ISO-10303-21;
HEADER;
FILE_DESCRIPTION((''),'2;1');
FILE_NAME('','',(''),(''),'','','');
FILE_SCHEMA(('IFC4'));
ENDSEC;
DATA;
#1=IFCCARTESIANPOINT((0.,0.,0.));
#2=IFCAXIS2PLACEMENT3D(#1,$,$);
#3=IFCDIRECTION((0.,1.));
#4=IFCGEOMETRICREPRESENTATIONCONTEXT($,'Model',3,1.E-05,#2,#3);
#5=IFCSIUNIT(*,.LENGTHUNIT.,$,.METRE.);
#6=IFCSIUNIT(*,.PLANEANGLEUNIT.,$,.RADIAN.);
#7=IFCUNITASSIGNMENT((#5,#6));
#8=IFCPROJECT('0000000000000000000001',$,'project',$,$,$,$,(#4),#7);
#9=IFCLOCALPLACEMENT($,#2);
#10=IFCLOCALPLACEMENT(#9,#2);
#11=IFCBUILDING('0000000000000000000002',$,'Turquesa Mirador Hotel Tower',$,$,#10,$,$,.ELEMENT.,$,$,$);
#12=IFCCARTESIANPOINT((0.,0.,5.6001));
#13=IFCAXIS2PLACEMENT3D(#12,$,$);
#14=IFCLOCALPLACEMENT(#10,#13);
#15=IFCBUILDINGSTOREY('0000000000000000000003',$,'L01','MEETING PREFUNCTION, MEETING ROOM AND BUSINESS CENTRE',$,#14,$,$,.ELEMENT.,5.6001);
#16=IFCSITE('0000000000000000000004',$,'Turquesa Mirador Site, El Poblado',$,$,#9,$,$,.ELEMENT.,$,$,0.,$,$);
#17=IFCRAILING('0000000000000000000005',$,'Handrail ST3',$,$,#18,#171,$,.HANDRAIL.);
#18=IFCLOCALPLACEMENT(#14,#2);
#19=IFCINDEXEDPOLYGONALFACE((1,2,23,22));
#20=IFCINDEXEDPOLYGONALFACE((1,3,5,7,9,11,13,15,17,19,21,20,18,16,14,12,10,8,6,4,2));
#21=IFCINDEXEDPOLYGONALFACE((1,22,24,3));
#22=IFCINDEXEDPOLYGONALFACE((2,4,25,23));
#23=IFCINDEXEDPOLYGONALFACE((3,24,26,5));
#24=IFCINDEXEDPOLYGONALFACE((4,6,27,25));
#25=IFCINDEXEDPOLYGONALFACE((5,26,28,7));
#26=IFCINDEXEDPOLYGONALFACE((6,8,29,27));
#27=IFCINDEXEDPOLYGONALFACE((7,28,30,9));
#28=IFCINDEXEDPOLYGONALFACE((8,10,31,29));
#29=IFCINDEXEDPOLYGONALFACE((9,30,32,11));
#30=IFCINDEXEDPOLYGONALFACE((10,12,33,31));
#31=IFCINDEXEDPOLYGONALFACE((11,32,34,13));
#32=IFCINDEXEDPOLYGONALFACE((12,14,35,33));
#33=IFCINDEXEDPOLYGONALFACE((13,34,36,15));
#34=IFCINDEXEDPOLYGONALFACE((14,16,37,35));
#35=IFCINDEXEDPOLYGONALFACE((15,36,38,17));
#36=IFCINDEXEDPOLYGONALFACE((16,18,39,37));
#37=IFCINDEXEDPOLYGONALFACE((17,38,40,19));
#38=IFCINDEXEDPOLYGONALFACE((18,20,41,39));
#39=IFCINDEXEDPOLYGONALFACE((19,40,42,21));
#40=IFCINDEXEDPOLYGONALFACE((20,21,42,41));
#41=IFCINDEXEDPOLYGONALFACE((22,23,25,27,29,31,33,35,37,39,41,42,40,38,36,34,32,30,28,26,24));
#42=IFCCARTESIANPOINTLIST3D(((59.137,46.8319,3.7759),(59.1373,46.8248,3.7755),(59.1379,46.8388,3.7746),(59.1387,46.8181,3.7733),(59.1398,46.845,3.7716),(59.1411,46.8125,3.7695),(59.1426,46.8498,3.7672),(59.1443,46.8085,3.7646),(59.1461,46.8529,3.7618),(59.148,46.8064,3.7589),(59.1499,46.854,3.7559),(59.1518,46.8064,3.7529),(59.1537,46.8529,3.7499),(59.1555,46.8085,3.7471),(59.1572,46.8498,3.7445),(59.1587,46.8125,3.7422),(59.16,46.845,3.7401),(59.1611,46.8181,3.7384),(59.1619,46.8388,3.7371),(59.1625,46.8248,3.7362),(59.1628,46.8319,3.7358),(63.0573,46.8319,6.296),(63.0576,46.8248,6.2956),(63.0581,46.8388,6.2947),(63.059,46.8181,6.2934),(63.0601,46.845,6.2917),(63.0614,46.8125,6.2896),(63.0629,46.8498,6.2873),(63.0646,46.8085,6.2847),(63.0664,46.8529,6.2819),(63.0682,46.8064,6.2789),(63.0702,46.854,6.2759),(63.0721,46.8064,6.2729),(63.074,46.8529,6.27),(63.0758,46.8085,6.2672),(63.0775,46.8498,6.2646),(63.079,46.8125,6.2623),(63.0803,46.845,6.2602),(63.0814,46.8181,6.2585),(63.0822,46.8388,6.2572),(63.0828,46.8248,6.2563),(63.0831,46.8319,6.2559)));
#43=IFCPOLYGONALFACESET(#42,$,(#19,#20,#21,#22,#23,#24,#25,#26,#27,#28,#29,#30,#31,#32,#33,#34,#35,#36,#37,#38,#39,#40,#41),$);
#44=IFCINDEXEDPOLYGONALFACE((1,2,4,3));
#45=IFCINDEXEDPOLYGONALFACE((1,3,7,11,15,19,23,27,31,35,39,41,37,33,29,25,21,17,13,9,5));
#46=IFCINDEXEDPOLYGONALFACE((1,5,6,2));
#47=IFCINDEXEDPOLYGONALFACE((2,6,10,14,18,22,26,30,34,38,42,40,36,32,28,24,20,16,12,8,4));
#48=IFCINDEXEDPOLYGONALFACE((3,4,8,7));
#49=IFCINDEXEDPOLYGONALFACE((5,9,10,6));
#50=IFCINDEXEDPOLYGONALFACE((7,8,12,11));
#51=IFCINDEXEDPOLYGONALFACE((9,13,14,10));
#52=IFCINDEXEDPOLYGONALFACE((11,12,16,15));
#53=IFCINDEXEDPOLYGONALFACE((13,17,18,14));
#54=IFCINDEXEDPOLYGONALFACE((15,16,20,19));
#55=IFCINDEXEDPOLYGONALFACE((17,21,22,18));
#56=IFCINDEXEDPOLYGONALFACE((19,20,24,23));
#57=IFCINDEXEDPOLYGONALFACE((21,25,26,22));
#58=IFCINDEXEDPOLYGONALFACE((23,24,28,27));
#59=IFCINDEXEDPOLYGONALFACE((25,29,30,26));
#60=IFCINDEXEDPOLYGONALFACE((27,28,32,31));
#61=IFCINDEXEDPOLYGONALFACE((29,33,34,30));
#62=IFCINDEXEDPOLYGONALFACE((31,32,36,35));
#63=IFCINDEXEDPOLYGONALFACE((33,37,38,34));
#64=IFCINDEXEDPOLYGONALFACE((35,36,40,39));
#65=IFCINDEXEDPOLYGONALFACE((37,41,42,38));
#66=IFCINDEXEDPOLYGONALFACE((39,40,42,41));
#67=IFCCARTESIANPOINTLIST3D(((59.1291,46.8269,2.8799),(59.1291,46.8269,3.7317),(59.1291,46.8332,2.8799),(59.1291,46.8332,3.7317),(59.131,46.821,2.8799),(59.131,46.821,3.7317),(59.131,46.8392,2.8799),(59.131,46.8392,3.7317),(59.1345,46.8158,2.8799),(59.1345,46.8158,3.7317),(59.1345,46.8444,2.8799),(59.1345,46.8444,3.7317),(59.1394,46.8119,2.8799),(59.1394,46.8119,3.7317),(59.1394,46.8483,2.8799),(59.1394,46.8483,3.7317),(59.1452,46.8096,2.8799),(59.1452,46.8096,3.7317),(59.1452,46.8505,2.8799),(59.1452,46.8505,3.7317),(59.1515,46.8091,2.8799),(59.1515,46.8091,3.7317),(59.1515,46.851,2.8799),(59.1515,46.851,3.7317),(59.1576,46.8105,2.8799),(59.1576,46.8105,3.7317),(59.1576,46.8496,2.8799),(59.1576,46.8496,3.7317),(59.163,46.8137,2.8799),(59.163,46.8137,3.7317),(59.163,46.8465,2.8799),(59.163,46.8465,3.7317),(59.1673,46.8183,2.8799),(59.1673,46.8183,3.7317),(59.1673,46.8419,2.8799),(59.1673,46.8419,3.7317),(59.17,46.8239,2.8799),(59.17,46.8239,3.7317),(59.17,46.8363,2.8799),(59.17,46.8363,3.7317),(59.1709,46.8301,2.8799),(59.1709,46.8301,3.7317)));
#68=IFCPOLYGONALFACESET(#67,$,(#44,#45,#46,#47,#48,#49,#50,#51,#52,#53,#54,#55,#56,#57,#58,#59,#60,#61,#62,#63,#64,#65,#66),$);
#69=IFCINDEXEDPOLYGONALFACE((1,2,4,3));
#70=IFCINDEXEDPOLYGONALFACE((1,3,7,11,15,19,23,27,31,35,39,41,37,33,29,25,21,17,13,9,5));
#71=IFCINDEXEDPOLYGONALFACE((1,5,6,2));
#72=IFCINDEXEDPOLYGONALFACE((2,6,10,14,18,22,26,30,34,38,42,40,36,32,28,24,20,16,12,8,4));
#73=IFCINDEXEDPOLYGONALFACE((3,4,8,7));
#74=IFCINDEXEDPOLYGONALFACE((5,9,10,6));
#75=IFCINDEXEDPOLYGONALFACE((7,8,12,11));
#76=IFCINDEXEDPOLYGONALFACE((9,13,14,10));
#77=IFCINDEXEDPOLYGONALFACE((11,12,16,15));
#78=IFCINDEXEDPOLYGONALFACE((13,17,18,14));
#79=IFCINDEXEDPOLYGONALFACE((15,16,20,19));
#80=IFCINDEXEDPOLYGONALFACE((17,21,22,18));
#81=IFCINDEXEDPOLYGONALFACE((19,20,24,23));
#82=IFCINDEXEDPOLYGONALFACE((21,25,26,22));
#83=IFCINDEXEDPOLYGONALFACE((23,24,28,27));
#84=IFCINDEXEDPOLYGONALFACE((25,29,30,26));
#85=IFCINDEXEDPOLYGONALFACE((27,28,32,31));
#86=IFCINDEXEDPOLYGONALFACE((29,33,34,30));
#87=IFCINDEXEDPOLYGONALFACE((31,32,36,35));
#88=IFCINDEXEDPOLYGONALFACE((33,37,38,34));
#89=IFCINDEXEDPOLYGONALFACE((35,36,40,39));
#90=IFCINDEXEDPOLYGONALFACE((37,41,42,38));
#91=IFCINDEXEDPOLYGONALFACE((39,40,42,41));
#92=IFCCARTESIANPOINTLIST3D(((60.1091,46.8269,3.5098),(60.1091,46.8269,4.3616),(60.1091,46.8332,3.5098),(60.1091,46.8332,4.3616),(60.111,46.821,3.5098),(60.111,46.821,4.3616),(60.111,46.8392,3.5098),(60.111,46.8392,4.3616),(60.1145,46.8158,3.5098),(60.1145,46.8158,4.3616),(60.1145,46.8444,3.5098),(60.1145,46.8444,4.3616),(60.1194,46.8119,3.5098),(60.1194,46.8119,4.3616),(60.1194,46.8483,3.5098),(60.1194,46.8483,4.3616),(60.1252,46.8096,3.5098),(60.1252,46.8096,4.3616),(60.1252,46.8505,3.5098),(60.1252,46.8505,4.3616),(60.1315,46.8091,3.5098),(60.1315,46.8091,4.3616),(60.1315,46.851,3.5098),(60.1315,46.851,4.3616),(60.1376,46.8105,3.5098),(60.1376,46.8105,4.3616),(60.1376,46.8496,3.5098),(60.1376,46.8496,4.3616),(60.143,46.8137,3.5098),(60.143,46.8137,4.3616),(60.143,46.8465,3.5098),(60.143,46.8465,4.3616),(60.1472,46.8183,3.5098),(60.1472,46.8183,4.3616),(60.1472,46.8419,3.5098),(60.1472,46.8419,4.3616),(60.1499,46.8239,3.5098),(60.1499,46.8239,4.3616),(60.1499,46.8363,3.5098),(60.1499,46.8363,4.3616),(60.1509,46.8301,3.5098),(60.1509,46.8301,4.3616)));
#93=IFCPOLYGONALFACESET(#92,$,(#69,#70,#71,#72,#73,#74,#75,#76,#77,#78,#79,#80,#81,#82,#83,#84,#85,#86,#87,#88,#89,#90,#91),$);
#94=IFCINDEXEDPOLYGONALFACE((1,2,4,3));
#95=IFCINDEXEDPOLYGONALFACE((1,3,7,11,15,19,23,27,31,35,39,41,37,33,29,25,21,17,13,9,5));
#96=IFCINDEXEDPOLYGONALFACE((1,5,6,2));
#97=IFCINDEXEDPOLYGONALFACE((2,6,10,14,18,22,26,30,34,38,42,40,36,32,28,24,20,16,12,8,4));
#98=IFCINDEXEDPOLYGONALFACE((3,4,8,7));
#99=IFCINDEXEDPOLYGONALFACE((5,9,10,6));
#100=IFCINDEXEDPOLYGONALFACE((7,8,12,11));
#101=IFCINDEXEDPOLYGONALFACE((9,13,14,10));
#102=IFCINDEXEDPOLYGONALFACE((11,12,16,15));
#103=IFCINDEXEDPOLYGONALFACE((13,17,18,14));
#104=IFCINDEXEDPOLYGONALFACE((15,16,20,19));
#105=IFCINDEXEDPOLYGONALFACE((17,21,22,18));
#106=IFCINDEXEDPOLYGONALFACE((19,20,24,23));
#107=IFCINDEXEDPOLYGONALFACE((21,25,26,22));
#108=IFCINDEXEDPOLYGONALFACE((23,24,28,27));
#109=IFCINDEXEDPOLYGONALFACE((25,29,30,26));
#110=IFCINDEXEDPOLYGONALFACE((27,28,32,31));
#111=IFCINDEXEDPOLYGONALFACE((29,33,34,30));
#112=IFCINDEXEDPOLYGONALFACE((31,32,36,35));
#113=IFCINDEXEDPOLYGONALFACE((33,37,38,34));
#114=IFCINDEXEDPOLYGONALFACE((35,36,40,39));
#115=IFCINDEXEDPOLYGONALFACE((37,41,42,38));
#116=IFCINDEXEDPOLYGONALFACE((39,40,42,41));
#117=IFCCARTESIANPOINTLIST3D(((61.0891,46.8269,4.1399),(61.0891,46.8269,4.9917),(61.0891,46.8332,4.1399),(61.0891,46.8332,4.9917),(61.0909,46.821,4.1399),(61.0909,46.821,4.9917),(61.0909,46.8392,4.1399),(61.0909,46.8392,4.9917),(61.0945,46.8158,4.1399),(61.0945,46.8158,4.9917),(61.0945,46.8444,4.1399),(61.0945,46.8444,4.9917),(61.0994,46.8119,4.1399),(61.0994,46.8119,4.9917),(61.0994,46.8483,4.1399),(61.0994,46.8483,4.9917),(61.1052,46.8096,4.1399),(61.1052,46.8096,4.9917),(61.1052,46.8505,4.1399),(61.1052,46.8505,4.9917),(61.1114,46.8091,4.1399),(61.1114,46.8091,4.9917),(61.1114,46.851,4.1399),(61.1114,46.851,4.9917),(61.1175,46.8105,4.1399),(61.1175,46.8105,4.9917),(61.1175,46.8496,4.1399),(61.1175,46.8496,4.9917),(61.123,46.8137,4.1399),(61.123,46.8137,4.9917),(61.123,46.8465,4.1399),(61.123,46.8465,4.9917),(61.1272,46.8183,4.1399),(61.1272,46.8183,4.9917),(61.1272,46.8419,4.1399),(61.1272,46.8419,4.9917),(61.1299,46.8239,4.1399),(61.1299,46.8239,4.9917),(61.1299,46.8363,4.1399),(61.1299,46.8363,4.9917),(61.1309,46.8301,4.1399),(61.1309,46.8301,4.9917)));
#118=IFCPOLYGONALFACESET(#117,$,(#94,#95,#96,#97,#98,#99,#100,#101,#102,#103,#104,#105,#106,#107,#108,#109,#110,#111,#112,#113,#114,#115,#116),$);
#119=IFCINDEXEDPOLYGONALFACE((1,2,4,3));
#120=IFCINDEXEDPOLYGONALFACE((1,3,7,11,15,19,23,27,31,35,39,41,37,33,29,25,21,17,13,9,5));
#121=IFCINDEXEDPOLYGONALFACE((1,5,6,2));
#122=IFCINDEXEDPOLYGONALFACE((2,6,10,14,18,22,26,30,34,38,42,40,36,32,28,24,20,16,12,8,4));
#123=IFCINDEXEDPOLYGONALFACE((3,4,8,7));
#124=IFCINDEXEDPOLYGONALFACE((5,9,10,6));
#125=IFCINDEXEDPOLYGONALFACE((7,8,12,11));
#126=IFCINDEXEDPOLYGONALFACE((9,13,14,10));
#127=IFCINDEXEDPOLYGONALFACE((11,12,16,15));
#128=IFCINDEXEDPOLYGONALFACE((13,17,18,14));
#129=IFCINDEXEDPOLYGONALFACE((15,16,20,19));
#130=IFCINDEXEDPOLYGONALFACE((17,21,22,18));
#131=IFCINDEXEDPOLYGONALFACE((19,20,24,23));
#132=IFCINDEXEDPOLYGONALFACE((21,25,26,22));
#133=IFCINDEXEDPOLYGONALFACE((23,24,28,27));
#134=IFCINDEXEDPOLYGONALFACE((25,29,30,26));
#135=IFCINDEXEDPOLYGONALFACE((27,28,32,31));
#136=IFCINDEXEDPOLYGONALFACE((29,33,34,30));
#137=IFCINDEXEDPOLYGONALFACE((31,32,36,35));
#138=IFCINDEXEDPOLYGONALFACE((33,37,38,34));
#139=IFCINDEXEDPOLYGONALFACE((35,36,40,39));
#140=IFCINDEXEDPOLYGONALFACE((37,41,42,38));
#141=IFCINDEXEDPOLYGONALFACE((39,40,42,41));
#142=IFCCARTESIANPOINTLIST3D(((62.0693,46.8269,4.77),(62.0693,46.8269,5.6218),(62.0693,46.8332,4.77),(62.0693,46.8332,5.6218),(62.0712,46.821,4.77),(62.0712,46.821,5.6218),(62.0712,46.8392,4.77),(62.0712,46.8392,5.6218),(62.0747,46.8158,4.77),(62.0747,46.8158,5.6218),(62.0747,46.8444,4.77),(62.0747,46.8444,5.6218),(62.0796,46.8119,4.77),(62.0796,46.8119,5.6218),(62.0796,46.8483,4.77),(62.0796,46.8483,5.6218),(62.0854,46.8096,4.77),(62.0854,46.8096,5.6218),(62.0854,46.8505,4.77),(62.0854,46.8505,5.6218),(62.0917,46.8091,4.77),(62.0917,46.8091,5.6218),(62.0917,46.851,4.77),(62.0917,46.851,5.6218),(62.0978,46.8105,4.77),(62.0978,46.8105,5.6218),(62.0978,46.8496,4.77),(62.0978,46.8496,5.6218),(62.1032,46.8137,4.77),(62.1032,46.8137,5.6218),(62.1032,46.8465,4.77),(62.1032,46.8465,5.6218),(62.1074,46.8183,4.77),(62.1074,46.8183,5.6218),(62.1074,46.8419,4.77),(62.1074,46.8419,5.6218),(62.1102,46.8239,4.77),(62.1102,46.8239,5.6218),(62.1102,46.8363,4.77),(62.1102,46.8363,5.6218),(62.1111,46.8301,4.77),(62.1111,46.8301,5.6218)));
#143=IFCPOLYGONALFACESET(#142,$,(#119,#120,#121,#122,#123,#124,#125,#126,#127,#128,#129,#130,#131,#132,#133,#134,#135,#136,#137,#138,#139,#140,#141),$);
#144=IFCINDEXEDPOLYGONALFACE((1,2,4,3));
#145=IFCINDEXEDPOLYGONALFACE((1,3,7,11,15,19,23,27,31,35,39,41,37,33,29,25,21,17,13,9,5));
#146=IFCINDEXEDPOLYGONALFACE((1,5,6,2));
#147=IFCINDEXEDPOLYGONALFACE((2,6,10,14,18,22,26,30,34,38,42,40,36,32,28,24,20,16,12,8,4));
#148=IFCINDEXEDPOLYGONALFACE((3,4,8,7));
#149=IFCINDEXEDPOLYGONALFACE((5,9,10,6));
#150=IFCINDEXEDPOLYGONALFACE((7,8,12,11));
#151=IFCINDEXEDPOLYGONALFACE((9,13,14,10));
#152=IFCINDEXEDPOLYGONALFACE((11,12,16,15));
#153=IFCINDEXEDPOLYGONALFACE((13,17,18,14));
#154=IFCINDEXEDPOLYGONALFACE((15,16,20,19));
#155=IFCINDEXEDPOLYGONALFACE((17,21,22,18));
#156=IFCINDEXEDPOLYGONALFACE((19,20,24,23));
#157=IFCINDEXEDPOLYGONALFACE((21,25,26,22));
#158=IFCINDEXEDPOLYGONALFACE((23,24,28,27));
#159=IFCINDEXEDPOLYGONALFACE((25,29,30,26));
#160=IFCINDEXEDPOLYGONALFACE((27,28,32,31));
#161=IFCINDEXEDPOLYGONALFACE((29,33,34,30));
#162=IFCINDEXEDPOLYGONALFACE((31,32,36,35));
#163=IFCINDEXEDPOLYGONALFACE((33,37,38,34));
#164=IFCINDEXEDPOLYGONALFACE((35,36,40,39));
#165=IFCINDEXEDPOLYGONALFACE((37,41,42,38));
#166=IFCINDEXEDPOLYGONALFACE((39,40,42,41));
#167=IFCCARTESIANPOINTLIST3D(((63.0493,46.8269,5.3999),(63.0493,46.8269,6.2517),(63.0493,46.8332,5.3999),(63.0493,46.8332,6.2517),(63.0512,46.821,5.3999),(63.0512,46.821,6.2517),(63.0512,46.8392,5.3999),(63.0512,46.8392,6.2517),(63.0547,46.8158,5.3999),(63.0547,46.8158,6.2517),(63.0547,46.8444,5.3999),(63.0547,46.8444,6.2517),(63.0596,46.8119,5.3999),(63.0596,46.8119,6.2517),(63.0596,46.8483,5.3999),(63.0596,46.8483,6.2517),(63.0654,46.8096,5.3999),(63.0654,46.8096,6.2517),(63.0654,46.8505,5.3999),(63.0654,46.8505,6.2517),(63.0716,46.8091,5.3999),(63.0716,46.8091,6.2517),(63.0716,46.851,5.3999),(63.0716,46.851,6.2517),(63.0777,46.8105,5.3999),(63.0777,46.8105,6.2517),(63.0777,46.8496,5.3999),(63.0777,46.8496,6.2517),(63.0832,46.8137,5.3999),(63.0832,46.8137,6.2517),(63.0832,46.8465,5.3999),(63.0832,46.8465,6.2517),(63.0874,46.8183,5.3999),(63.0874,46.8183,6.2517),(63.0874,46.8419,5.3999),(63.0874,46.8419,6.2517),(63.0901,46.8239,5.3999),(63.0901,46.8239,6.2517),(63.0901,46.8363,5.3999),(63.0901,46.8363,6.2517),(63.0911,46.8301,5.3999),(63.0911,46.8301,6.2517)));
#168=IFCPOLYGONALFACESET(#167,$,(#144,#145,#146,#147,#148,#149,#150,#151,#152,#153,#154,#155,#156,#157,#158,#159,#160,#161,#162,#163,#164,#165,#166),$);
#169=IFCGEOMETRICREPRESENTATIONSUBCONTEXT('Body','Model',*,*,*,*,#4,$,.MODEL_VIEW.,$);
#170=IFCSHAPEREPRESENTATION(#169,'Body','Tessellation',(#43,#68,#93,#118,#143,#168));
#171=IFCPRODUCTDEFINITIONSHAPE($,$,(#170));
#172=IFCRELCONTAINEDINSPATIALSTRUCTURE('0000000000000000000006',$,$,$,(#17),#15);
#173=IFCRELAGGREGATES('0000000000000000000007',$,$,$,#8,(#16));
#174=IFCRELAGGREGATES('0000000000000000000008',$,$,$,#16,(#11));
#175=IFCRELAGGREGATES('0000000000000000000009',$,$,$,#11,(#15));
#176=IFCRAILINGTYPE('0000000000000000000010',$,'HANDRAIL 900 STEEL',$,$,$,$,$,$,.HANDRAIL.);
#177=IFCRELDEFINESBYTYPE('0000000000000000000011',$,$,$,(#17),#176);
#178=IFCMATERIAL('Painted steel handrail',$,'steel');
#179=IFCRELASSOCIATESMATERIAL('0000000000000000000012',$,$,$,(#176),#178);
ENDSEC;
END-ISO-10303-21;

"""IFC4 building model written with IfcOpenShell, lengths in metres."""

from ifc_helpers import new_model, si_unit, direction, frame, origin, origin_2d, place, context, subcontext, project, spatial, circle, extrude, material, type_object, element, save


model = new_model("IFC4")

# Units and contexts
model_context = context("Model", 3, precision=1e-05, world=origin(), true_north=direction((0.0, 1.0)))
body_context = subcontext(model_context, "Body", "Model", "MODEL_VIEW")
ifc_project = project(units=[si_unit("LENGTHUNIT", "METRE"), si_unit("PLANEANGLEUNIT", "RADIAN")], contexts=[model_context])

# Site, building, storey
site_placement = place(None, origin())
site = spatial("IfcSite", under=ifc_project, at=site_placement, Name="Turquesa Mirador Site, El Poblado", CompositionType="ELEMENT", RefElevation=0.0)
building_placement = place(site_placement, origin())
building = spatial("IfcBuilding", under=site, at=building_placement, Name="Turquesa Mirador Hotel Tower", CompositionType="ELEMENT")
storey_placement = place(building_placement, frame((0.0, 0.0, 5.6001)))
storey = spatial("IfcBuildingStorey", under=building, at=storey_placement, Name="L01", Description="MEETING PREFUNCTION, MEETING ROOM AND BUSINESS CENTRE", CompositionType="ELEMENT", Elevation=5.6001)

# Railing
ifc_material_1 = material(Name="Painted steel handrail", Category="steel")
railing_type = type_object("IfcRailingType", Name="HANDRAIL 900 STEEL", PredefinedType="HANDRAIL", material=ifc_material_1)
railing_1_placement = place(storey_placement, frame((59.1499, 46.8301, 2.8799)))
element("IfcRailing", 1, at=railing_1_placement, inside=storey, type_object=railing_type, Name="Handrail ST3", PredefinedType="HANDRAIL", context=body_context, shape_type="SweptSolid", body=[
    extrude(circle(Radius=0.0239, at=origin_2d()), frame((0.0, 0.0, 0.876), z_axis=(0.841187, 0.0, 0.540744), x_axis=(0.0, 1.0, 0.0)), (0.0, 0.0, 1.0), 4.6604),
    extrude(circle(Radius=0.021, at=origin_2d()), origin(), (0.0, 0.0, 1.0), 0.8518),
    extrude(circle(Radius=0.021, at=origin_2d()), frame((0.98, 0.0, 0.6299)), (0.0, 0.0, 1.0), 0.8518),
    extrude(circle(Radius=0.021, at=origin_2d()), frame((1.96, 0.0, 1.26)), (0.0, 0.0, 1.0), 0.8518),
    extrude(circle(Radius=0.021, at=origin_2d()), frame((2.9402, 0.0, 1.8901)), (0.0, 0.0, 1.0), 0.8518),
    extrude(circle(Radius=0.021, at=origin_2d()), frame((3.9202, 0.0, 2.52)), (0.0, 0.0, 1.0), 0.8518),
])

save(model, "model.ifc")
